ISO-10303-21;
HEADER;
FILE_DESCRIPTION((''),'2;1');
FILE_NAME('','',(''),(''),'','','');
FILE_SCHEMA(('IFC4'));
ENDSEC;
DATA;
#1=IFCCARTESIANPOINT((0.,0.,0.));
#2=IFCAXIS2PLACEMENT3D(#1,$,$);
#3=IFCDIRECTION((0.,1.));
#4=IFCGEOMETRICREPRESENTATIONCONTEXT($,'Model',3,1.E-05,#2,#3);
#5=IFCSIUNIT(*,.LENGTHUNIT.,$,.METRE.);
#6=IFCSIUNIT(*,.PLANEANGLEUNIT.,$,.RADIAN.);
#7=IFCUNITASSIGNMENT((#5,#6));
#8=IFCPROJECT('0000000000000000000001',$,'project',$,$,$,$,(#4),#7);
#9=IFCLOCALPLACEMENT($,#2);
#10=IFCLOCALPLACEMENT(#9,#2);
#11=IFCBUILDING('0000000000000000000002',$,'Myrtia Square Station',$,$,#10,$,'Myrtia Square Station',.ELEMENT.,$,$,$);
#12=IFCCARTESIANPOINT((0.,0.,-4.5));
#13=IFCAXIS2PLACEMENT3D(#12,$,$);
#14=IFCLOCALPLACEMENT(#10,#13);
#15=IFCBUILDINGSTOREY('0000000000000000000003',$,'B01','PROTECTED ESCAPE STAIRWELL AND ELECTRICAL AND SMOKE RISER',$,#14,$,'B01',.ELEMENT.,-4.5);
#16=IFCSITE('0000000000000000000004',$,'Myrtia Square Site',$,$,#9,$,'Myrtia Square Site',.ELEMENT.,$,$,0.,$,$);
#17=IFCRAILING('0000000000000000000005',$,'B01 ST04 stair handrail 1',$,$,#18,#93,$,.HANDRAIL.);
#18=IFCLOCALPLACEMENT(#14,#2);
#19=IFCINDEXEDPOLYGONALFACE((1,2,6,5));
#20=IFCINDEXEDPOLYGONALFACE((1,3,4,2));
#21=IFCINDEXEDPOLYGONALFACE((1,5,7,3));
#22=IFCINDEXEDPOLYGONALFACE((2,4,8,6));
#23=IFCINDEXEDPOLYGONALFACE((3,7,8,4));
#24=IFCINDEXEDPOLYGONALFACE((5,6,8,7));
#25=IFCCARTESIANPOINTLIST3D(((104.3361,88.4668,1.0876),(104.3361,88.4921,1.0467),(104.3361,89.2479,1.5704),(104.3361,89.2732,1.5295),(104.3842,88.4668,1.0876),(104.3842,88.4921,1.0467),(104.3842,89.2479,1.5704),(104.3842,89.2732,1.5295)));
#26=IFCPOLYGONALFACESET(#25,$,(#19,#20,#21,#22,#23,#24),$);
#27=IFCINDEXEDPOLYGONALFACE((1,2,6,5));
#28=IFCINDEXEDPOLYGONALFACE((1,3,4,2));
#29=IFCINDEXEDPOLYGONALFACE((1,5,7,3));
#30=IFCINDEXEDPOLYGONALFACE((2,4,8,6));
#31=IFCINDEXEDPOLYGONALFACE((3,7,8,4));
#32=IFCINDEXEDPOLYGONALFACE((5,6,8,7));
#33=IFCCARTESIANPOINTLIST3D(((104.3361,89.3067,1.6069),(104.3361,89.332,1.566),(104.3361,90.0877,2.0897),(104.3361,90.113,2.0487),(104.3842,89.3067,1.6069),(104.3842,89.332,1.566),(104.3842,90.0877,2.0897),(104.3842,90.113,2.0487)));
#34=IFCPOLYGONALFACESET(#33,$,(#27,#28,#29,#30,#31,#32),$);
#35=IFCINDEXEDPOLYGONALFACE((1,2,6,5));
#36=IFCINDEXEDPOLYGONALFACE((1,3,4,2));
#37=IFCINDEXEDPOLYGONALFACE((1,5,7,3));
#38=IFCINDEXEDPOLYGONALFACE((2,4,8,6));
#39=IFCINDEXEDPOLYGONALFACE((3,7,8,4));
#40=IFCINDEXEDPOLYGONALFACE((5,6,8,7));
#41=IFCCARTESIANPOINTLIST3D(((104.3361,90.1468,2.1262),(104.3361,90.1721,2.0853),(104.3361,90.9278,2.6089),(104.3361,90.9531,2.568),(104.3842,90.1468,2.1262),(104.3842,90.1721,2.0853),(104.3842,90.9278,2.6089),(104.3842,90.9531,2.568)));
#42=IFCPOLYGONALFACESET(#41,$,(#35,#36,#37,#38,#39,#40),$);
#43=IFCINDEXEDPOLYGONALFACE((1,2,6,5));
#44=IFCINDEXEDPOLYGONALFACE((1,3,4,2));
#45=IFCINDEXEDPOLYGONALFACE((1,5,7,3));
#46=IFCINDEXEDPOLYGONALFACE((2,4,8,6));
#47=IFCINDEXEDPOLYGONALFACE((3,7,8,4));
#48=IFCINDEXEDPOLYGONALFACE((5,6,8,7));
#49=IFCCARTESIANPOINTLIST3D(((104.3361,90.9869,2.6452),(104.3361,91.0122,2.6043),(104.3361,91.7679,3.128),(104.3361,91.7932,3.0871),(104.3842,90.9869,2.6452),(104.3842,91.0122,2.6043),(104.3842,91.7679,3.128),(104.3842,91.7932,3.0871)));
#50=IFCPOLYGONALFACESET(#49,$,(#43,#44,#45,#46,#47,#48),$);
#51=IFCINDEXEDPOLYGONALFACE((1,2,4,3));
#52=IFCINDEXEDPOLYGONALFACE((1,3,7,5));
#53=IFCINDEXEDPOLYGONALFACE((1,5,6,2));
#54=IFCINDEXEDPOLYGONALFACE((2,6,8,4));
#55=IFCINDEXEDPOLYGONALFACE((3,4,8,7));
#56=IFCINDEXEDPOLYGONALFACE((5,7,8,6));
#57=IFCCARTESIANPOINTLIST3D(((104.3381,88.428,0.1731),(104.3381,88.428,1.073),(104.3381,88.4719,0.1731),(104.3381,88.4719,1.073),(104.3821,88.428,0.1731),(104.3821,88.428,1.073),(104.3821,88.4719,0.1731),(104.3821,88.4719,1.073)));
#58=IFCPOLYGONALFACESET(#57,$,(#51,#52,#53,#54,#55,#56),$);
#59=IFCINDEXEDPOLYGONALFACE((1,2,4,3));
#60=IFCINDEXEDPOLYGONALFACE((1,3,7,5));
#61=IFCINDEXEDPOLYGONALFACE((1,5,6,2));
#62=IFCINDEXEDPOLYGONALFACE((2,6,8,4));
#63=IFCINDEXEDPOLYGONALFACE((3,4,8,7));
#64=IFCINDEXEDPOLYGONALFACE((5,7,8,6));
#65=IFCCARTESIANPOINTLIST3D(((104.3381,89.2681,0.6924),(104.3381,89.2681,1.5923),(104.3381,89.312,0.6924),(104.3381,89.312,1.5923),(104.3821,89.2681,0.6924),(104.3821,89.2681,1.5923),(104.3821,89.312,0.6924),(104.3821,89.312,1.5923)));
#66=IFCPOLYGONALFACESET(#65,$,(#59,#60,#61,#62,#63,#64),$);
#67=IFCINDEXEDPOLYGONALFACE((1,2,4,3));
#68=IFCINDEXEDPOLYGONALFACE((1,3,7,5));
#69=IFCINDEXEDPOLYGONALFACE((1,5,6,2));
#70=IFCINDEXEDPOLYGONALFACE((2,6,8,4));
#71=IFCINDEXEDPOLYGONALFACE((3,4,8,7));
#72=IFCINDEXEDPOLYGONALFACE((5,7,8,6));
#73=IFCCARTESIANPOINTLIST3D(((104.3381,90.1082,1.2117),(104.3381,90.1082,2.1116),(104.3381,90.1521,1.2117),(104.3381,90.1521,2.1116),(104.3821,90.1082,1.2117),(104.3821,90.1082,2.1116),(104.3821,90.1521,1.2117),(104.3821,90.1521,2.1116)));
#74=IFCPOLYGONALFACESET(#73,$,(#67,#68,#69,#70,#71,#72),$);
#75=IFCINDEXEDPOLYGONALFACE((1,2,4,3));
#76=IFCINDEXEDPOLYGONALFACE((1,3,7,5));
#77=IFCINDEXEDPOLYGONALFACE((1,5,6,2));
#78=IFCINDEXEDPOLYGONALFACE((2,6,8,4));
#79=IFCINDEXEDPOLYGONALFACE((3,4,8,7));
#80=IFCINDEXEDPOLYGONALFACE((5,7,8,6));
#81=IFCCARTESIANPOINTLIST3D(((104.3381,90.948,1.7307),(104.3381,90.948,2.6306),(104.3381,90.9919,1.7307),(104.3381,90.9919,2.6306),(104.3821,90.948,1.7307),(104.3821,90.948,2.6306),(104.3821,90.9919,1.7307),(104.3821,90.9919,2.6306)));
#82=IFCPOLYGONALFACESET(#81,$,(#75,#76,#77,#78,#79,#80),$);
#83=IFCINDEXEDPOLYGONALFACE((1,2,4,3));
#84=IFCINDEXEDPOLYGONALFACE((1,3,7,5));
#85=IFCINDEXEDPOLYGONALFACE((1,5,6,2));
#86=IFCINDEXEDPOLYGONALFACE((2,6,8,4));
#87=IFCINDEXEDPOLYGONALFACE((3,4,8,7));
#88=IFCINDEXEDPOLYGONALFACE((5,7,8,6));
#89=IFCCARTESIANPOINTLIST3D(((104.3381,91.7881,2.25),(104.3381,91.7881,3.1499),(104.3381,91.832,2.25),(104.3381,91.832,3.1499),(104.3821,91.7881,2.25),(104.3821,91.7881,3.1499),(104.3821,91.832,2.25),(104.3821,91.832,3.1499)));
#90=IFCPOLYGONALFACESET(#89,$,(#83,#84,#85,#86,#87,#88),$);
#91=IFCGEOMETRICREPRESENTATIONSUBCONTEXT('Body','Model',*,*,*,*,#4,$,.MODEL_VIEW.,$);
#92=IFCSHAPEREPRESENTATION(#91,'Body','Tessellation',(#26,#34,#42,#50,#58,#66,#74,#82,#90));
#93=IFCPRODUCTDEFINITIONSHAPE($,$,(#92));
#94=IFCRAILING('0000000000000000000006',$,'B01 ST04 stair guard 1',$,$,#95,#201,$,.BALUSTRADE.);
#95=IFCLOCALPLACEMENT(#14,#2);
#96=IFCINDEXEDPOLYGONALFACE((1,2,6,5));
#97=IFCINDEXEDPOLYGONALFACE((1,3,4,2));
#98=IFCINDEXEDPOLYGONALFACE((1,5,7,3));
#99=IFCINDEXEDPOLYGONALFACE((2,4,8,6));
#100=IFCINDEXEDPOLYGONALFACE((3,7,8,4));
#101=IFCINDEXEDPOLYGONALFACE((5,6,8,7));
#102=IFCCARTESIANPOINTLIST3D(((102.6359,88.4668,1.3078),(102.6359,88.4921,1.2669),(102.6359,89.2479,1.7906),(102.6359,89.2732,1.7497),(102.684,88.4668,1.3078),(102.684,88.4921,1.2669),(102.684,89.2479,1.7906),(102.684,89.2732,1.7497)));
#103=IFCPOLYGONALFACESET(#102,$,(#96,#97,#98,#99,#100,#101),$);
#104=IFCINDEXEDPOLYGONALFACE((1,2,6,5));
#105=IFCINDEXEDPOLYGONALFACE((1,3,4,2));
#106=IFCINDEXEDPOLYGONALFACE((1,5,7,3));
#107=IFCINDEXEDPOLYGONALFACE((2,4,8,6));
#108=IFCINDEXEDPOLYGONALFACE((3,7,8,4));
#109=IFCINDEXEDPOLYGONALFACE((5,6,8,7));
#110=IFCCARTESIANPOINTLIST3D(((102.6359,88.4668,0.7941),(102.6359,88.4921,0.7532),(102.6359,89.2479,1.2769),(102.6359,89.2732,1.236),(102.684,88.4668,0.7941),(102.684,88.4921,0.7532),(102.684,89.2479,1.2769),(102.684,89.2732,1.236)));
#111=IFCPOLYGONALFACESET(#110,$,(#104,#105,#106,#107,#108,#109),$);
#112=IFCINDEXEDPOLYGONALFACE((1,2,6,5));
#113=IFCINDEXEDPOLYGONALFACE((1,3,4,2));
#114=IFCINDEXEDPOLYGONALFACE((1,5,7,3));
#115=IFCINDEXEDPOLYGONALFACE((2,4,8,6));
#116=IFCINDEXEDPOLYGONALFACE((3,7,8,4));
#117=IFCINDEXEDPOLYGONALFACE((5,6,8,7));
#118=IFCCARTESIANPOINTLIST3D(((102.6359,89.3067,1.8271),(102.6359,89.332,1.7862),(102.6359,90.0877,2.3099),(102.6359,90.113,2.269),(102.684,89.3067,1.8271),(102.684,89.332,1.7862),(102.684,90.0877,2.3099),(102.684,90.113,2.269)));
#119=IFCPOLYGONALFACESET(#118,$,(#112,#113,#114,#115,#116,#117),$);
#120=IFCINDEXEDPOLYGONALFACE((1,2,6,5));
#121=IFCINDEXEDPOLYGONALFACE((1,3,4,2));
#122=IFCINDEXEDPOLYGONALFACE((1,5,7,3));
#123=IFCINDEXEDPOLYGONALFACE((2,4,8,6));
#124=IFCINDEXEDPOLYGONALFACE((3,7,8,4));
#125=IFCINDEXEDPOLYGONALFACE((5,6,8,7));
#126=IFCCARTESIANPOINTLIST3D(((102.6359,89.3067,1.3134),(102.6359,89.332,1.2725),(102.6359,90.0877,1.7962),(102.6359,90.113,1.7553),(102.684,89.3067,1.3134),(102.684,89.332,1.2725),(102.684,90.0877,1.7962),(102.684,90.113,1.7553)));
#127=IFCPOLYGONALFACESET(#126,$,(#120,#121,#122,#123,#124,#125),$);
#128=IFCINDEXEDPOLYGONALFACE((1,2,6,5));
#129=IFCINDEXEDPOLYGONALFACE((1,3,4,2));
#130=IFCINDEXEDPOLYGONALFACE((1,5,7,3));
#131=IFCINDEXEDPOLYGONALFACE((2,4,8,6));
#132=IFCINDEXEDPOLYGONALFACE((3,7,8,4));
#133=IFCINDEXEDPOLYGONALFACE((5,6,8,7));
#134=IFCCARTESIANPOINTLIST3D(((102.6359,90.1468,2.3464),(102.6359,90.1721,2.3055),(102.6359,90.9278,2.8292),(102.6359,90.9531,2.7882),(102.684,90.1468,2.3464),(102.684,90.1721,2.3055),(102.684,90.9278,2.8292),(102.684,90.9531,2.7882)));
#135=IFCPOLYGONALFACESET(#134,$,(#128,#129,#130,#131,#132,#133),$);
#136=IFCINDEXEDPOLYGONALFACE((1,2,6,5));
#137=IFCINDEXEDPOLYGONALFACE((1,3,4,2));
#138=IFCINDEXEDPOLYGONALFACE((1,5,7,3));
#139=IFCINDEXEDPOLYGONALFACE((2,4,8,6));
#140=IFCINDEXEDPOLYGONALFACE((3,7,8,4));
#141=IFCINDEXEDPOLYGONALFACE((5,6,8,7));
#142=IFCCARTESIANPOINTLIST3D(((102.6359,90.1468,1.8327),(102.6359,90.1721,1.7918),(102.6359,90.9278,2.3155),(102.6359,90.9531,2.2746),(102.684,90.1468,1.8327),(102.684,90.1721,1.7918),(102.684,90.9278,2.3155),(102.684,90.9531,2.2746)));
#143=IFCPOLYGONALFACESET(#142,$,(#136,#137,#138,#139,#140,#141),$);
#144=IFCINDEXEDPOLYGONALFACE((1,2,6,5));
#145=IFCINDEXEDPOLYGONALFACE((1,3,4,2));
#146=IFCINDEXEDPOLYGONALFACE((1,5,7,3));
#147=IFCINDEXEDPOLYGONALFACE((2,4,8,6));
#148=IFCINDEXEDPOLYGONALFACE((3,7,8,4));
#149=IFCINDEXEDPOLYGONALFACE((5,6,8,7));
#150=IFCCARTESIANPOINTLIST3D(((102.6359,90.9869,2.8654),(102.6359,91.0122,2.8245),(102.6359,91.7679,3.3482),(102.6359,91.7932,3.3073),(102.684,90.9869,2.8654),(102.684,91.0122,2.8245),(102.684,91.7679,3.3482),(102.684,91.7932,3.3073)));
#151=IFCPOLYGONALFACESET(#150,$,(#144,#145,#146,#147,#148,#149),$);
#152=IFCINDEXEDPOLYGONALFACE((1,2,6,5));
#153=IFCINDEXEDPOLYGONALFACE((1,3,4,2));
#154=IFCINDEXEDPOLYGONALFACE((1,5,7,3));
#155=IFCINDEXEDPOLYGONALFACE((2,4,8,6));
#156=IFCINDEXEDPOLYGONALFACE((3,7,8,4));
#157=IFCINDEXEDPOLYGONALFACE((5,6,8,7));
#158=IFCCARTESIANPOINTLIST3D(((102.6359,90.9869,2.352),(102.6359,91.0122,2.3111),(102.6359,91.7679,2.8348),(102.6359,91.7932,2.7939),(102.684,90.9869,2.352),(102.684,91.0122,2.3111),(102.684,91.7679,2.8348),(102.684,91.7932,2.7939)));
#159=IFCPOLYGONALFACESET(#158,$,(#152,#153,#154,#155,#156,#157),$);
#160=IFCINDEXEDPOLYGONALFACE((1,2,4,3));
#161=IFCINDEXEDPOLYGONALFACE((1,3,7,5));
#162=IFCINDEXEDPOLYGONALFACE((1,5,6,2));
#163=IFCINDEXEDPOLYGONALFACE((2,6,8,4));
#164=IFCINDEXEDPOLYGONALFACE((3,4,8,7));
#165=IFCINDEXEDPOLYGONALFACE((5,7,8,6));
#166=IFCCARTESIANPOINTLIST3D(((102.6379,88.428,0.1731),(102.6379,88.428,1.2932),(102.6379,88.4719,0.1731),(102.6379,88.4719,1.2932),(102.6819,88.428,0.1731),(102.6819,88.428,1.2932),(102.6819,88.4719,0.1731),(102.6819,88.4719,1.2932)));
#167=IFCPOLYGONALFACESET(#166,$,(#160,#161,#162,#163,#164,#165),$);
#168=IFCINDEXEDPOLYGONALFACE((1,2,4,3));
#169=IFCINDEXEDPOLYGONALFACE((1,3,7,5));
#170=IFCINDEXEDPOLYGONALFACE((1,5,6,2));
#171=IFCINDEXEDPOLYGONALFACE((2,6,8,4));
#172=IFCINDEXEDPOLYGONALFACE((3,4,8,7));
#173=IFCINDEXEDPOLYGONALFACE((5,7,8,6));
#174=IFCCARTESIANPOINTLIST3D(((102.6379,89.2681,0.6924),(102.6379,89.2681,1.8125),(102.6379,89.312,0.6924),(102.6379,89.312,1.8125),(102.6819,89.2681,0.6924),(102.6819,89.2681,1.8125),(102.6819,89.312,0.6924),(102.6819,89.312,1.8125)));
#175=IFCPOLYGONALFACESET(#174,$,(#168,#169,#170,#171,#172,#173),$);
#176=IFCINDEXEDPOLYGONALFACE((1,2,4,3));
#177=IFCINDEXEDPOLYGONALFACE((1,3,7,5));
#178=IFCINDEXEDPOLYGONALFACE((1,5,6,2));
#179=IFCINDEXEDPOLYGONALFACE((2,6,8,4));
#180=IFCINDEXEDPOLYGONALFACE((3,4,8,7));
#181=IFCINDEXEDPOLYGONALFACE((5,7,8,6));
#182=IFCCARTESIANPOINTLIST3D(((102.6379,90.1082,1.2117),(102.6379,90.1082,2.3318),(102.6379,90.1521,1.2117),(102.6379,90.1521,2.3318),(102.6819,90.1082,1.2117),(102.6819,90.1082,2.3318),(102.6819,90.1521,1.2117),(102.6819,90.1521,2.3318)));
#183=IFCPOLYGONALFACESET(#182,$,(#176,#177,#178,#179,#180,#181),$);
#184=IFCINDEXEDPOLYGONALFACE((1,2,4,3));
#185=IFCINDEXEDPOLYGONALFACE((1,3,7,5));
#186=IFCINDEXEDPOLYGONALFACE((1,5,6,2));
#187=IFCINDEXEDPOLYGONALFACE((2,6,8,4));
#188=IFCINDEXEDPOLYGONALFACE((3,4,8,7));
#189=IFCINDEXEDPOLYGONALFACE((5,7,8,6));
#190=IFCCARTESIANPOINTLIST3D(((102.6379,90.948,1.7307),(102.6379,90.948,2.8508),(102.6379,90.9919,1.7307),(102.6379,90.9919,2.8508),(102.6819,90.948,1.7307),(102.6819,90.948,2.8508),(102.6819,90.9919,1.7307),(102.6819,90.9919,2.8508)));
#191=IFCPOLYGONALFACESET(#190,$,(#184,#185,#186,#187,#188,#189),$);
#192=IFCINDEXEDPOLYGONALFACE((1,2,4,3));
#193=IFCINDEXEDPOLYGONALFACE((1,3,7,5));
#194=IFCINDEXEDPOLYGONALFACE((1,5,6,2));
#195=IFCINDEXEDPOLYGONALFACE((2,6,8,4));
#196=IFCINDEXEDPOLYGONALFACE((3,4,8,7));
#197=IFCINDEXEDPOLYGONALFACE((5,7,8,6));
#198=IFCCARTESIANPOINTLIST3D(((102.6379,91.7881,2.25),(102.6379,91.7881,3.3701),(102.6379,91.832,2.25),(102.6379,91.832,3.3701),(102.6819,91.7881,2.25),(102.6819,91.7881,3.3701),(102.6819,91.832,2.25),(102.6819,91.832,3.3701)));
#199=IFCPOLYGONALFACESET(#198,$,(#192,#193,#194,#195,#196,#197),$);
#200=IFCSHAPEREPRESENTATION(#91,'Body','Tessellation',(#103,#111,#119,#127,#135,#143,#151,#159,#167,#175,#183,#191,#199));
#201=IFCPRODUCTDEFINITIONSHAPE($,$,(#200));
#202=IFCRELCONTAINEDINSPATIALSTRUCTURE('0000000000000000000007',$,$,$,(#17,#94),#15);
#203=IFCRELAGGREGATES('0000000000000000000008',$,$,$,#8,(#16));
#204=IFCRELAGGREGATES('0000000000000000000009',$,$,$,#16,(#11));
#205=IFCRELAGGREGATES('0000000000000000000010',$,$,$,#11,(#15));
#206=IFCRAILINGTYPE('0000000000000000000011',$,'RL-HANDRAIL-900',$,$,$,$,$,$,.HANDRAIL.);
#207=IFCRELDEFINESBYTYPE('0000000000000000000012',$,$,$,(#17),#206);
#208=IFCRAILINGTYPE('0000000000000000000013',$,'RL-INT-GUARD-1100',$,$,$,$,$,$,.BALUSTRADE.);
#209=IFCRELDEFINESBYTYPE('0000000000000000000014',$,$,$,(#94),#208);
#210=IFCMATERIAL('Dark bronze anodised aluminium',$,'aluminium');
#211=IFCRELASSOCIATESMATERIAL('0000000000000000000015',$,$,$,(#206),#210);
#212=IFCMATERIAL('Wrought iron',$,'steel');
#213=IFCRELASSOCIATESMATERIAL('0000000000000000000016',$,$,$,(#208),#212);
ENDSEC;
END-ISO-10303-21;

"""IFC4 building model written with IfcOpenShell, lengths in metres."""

from ifc_helpers import new_model, si_unit, direction, frame, origin, origin_2d, place, context, subcontext, project, spatial, rectangle, extrude, material, type_object, element, save


model = new_model("IFC4")

# Units and contexts
model_context = context("Model", 3, precision=1e-05, world=origin(), true_north=direction((0.0, 1.0)))
body_context = subcontext(model_context, "Body", "Model", "MODEL_VIEW")
ifc_project = project(units=[si_unit("LENGTHUNIT", "METRE"), si_unit("PLANEANGLEUNIT", "RADIAN")], contexts=[model_context])

# Site, building, storey
site_placement = place(None, origin())
site = spatial("IfcSite", under=ifc_project, at=site_placement, Name="Myrtia Square Site", LongName="Myrtia Square Site", CompositionType="ELEMENT", RefElevation=0.0)
building_placement = place(site_placement, origin())
building = spatial("IfcBuilding", under=site, at=building_placement, Name="Myrtia Square Station", LongName="Myrtia Square Station", CompositionType="ELEMENT")
storey_placement = place(building_placement, frame((0.0, 0.0, -4.5)))
storey = spatial("IfcBuildingStorey", under=building, at=storey_placement, Name="B01", Description="PROTECTED ESCAPE STAIRWELL AND ELECTRICAL AND SMOKE RISER", LongName="B01", CompositionType="ELEMENT", Elevation=-4.5)

# Shared definitions
ifc_material_1 = material(Name="Dark bronze anodised aluminium", Category="aluminium")

# Railings
railing_type_1 = type_object("IfcRailingType", Name="RL-HANDRAIL-900", PredefinedType="HANDRAIL", material=ifc_material_1)
railing_1_placement = place(storey_placement, frame((104.3601, 88.45, 0.1731)))
element("IfcRailing", 1, at=railing_1_placement, inside=storey, type_object=railing_type_1, Name="B01 ST04 stair handrail 1", PredefinedType="HANDRAIL", context=body_context, shape_type="SweptSolid", body=[
    extrude(rectangle(XDim=0.0481, YDim=0.0481, at=origin_2d()), frame((0.0, 0.0295, 0.894), z_axis=(0.0, 0.850623, 0.525776), x_axis=(-1.0, 0.0, 0.0)), (0.0, 0.0, 1.0), 0.9182),
    extrude(rectangle(XDim=0.0481, YDim=0.0481, at=origin_2d()), frame((0.0, 0.8694, 1.4133), z_axis=(0.0, 0.850623, 0.525776), x_axis=(-1.0, 0.0, 0.0)), (0.0, 0.0, 1.0), 0.9182),
    extrude(rectangle(XDim=0.0481, YDim=0.0481, at=origin_2d()), frame((0.0, 1.7095, 1.9326), z_axis=(0.0, 0.850623, 0.525776), x_axis=(-1.0, 0.0, 0.0)), (0.0, 0.0, 1.0), 0.9182),
    extrude(rectangle(XDim=0.0481, YDim=0.0481, at=origin_2d()), frame((0.0, 2.5496, 2.4517), z_axis=(0.0, 0.850623, 0.525776), x_axis=(-1.0, 0.0, 0.0)), (0.0, 0.0, 1.0), 0.9182),
    extrude(rectangle(XDim=0.0439, YDim=0.0439, at=origin_2d()), origin(), (0.0, 0.0, 1.0), 0.8999),
    extrude(rectangle(XDim=0.0439, YDim=0.0439, at=origin_2d()), frame((0.0, 0.8401, 0.5193)), (0.0, 0.0, 1.0), 0.8999),
    extrude(rectangle(XDim=0.0439, YDim=0.0439, at=origin_2d()), frame((0.0, 1.6802, 1.0386)), (0.0, 0.0, 1.0), 0.8999),
    extrude(rectangle(XDim=0.0439, YDim=0.0439, at=origin_2d()), frame((0.0, 2.52, 1.5576)), (0.0, 0.0, 1.0), 0.8999),
    extrude(rectangle(XDim=0.0439, YDim=0.0439, at=origin_2d()), frame((0.0, 3.3601, 2.0769)), (0.0, 0.0, 1.0), 0.8999),
])
ifc_material_2 = material(Name="Wrought iron", Category="steel")
railing_type_2 = type_object("IfcRailingType", Name="RL-INT-GUARD-1100", PredefinedType="BALUSTRADE", material=ifc_material_2)
railing_2_placement = place(storey_placement, frame((102.6599, 88.45, 0.1731)))
element("IfcRailing", 2, at=railing_2_placement, inside=storey, type_object=railing_type_2, Name="B01 ST04 stair guard 1", PredefinedType="BALUSTRADE", context=body_context, shape_type="SweptSolid", body=[
    extrude(rectangle(XDim=0.0481, YDim=0.0481, at=origin_2d()), frame((0.0, 0.0295, 1.1143), z_axis=(0.0, 0.850623, 0.525776), x_axis=(-1.0, 0.0, 0.0)), (0.0, 0.0, 1.0), 0.9182),
    extrude(rectangle(XDim=0.0481, YDim=0.0481, at=origin_2d()), frame((0.0, 0.0295, 0.6006), z_axis=(0.0, 0.850623, 0.525776), x_axis=(-1.0, 0.0, 0.0)), (0.0, 0.0, 1.0), 0.9182),
    extrude(rectangle(XDim=0.0481, YDim=0.0481, at=origin_2d()), frame((0.0, 0.8694, 1.6335), z_axis=(0.0, 0.850623, 0.525776), x_axis=(-1.0, 0.0, 0.0)), (0.0, 0.0, 1.0), 0.9182),
    extrude(rectangle(XDim=0.0481, YDim=0.0481, at=origin_2d()), frame((0.0, 0.8694, 1.1199), z_axis=(0.0, 0.850623, 0.525776), x_axis=(-1.0, 0.0, 0.0)), (0.0, 0.0, 1.0), 0.9182),
    extrude(rectangle(XDim=0.0481, YDim=0.0481, at=origin_2d()), frame((0.0, 1.7095, 2.1528), z_axis=(0.0, 0.850623, 0.525776), x_axis=(-1.0, 0.0, 0.0)), (0.0, 0.0, 1.0), 0.9182),
    extrude(rectangle(XDim=0.0481, YDim=0.0481, at=origin_2d()), frame((0.0, 1.7095, 1.6392), z_axis=(0.0, 0.850623, 0.525776), x_axis=(-1.0, 0.0, 0.0)), (0.0, 0.0, 1.0), 0.9182),
    extrude(rectangle(XDim=0.0481, YDim=0.0481, at=origin_2d()), frame((0.0, 2.5496, 2.6719), z_axis=(0.0, 0.850623, 0.525776), x_axis=(-1.0, 0.0, 0.0)), (0.0, 0.0, 1.0), 0.9182),
    extrude(rectangle(XDim=0.0481, YDim=0.0481, at=origin_2d()), frame((0.0, 2.5496, 2.1584), z_axis=(0.0, 0.850623, 0.525776), x_axis=(-1.0, 0.0, 0.0)), (0.0, 0.0, 1.0), 0.9182),
    extrude(rectangle(XDim=0.0439, YDim=0.0439, at=origin_2d()), origin(), (0.0, 0.0, 1.0), 1.1201),
    extrude(rectangle(XDim=0.0439, YDim=0.0439, at=origin_2d()), frame((0.0, 0.8401, 0.5193)), (0.0, 0.0, 1.0), 1.1201),
    extrude(rectangle(XDim=0.0439, YDim=0.0439, at=origin_2d()), frame((0.0, 1.6802, 1.0386)), (0.0, 0.0, 1.0), 1.1201),
    extrude(rectangle(XDim=0.0439, YDim=0.0439, at=origin_2d()), frame((0.0, 2.52, 1.5576)), (0.0, 0.0, 1.0), 1.1201),
    extrude(rectangle(XDim=0.0439, YDim=0.0439, at=origin_2d()), frame((0.0, 3.3601, 2.0769)), (0.0, 0.0, 1.0), 1.1201),
])

save(model, "model.ifc")
